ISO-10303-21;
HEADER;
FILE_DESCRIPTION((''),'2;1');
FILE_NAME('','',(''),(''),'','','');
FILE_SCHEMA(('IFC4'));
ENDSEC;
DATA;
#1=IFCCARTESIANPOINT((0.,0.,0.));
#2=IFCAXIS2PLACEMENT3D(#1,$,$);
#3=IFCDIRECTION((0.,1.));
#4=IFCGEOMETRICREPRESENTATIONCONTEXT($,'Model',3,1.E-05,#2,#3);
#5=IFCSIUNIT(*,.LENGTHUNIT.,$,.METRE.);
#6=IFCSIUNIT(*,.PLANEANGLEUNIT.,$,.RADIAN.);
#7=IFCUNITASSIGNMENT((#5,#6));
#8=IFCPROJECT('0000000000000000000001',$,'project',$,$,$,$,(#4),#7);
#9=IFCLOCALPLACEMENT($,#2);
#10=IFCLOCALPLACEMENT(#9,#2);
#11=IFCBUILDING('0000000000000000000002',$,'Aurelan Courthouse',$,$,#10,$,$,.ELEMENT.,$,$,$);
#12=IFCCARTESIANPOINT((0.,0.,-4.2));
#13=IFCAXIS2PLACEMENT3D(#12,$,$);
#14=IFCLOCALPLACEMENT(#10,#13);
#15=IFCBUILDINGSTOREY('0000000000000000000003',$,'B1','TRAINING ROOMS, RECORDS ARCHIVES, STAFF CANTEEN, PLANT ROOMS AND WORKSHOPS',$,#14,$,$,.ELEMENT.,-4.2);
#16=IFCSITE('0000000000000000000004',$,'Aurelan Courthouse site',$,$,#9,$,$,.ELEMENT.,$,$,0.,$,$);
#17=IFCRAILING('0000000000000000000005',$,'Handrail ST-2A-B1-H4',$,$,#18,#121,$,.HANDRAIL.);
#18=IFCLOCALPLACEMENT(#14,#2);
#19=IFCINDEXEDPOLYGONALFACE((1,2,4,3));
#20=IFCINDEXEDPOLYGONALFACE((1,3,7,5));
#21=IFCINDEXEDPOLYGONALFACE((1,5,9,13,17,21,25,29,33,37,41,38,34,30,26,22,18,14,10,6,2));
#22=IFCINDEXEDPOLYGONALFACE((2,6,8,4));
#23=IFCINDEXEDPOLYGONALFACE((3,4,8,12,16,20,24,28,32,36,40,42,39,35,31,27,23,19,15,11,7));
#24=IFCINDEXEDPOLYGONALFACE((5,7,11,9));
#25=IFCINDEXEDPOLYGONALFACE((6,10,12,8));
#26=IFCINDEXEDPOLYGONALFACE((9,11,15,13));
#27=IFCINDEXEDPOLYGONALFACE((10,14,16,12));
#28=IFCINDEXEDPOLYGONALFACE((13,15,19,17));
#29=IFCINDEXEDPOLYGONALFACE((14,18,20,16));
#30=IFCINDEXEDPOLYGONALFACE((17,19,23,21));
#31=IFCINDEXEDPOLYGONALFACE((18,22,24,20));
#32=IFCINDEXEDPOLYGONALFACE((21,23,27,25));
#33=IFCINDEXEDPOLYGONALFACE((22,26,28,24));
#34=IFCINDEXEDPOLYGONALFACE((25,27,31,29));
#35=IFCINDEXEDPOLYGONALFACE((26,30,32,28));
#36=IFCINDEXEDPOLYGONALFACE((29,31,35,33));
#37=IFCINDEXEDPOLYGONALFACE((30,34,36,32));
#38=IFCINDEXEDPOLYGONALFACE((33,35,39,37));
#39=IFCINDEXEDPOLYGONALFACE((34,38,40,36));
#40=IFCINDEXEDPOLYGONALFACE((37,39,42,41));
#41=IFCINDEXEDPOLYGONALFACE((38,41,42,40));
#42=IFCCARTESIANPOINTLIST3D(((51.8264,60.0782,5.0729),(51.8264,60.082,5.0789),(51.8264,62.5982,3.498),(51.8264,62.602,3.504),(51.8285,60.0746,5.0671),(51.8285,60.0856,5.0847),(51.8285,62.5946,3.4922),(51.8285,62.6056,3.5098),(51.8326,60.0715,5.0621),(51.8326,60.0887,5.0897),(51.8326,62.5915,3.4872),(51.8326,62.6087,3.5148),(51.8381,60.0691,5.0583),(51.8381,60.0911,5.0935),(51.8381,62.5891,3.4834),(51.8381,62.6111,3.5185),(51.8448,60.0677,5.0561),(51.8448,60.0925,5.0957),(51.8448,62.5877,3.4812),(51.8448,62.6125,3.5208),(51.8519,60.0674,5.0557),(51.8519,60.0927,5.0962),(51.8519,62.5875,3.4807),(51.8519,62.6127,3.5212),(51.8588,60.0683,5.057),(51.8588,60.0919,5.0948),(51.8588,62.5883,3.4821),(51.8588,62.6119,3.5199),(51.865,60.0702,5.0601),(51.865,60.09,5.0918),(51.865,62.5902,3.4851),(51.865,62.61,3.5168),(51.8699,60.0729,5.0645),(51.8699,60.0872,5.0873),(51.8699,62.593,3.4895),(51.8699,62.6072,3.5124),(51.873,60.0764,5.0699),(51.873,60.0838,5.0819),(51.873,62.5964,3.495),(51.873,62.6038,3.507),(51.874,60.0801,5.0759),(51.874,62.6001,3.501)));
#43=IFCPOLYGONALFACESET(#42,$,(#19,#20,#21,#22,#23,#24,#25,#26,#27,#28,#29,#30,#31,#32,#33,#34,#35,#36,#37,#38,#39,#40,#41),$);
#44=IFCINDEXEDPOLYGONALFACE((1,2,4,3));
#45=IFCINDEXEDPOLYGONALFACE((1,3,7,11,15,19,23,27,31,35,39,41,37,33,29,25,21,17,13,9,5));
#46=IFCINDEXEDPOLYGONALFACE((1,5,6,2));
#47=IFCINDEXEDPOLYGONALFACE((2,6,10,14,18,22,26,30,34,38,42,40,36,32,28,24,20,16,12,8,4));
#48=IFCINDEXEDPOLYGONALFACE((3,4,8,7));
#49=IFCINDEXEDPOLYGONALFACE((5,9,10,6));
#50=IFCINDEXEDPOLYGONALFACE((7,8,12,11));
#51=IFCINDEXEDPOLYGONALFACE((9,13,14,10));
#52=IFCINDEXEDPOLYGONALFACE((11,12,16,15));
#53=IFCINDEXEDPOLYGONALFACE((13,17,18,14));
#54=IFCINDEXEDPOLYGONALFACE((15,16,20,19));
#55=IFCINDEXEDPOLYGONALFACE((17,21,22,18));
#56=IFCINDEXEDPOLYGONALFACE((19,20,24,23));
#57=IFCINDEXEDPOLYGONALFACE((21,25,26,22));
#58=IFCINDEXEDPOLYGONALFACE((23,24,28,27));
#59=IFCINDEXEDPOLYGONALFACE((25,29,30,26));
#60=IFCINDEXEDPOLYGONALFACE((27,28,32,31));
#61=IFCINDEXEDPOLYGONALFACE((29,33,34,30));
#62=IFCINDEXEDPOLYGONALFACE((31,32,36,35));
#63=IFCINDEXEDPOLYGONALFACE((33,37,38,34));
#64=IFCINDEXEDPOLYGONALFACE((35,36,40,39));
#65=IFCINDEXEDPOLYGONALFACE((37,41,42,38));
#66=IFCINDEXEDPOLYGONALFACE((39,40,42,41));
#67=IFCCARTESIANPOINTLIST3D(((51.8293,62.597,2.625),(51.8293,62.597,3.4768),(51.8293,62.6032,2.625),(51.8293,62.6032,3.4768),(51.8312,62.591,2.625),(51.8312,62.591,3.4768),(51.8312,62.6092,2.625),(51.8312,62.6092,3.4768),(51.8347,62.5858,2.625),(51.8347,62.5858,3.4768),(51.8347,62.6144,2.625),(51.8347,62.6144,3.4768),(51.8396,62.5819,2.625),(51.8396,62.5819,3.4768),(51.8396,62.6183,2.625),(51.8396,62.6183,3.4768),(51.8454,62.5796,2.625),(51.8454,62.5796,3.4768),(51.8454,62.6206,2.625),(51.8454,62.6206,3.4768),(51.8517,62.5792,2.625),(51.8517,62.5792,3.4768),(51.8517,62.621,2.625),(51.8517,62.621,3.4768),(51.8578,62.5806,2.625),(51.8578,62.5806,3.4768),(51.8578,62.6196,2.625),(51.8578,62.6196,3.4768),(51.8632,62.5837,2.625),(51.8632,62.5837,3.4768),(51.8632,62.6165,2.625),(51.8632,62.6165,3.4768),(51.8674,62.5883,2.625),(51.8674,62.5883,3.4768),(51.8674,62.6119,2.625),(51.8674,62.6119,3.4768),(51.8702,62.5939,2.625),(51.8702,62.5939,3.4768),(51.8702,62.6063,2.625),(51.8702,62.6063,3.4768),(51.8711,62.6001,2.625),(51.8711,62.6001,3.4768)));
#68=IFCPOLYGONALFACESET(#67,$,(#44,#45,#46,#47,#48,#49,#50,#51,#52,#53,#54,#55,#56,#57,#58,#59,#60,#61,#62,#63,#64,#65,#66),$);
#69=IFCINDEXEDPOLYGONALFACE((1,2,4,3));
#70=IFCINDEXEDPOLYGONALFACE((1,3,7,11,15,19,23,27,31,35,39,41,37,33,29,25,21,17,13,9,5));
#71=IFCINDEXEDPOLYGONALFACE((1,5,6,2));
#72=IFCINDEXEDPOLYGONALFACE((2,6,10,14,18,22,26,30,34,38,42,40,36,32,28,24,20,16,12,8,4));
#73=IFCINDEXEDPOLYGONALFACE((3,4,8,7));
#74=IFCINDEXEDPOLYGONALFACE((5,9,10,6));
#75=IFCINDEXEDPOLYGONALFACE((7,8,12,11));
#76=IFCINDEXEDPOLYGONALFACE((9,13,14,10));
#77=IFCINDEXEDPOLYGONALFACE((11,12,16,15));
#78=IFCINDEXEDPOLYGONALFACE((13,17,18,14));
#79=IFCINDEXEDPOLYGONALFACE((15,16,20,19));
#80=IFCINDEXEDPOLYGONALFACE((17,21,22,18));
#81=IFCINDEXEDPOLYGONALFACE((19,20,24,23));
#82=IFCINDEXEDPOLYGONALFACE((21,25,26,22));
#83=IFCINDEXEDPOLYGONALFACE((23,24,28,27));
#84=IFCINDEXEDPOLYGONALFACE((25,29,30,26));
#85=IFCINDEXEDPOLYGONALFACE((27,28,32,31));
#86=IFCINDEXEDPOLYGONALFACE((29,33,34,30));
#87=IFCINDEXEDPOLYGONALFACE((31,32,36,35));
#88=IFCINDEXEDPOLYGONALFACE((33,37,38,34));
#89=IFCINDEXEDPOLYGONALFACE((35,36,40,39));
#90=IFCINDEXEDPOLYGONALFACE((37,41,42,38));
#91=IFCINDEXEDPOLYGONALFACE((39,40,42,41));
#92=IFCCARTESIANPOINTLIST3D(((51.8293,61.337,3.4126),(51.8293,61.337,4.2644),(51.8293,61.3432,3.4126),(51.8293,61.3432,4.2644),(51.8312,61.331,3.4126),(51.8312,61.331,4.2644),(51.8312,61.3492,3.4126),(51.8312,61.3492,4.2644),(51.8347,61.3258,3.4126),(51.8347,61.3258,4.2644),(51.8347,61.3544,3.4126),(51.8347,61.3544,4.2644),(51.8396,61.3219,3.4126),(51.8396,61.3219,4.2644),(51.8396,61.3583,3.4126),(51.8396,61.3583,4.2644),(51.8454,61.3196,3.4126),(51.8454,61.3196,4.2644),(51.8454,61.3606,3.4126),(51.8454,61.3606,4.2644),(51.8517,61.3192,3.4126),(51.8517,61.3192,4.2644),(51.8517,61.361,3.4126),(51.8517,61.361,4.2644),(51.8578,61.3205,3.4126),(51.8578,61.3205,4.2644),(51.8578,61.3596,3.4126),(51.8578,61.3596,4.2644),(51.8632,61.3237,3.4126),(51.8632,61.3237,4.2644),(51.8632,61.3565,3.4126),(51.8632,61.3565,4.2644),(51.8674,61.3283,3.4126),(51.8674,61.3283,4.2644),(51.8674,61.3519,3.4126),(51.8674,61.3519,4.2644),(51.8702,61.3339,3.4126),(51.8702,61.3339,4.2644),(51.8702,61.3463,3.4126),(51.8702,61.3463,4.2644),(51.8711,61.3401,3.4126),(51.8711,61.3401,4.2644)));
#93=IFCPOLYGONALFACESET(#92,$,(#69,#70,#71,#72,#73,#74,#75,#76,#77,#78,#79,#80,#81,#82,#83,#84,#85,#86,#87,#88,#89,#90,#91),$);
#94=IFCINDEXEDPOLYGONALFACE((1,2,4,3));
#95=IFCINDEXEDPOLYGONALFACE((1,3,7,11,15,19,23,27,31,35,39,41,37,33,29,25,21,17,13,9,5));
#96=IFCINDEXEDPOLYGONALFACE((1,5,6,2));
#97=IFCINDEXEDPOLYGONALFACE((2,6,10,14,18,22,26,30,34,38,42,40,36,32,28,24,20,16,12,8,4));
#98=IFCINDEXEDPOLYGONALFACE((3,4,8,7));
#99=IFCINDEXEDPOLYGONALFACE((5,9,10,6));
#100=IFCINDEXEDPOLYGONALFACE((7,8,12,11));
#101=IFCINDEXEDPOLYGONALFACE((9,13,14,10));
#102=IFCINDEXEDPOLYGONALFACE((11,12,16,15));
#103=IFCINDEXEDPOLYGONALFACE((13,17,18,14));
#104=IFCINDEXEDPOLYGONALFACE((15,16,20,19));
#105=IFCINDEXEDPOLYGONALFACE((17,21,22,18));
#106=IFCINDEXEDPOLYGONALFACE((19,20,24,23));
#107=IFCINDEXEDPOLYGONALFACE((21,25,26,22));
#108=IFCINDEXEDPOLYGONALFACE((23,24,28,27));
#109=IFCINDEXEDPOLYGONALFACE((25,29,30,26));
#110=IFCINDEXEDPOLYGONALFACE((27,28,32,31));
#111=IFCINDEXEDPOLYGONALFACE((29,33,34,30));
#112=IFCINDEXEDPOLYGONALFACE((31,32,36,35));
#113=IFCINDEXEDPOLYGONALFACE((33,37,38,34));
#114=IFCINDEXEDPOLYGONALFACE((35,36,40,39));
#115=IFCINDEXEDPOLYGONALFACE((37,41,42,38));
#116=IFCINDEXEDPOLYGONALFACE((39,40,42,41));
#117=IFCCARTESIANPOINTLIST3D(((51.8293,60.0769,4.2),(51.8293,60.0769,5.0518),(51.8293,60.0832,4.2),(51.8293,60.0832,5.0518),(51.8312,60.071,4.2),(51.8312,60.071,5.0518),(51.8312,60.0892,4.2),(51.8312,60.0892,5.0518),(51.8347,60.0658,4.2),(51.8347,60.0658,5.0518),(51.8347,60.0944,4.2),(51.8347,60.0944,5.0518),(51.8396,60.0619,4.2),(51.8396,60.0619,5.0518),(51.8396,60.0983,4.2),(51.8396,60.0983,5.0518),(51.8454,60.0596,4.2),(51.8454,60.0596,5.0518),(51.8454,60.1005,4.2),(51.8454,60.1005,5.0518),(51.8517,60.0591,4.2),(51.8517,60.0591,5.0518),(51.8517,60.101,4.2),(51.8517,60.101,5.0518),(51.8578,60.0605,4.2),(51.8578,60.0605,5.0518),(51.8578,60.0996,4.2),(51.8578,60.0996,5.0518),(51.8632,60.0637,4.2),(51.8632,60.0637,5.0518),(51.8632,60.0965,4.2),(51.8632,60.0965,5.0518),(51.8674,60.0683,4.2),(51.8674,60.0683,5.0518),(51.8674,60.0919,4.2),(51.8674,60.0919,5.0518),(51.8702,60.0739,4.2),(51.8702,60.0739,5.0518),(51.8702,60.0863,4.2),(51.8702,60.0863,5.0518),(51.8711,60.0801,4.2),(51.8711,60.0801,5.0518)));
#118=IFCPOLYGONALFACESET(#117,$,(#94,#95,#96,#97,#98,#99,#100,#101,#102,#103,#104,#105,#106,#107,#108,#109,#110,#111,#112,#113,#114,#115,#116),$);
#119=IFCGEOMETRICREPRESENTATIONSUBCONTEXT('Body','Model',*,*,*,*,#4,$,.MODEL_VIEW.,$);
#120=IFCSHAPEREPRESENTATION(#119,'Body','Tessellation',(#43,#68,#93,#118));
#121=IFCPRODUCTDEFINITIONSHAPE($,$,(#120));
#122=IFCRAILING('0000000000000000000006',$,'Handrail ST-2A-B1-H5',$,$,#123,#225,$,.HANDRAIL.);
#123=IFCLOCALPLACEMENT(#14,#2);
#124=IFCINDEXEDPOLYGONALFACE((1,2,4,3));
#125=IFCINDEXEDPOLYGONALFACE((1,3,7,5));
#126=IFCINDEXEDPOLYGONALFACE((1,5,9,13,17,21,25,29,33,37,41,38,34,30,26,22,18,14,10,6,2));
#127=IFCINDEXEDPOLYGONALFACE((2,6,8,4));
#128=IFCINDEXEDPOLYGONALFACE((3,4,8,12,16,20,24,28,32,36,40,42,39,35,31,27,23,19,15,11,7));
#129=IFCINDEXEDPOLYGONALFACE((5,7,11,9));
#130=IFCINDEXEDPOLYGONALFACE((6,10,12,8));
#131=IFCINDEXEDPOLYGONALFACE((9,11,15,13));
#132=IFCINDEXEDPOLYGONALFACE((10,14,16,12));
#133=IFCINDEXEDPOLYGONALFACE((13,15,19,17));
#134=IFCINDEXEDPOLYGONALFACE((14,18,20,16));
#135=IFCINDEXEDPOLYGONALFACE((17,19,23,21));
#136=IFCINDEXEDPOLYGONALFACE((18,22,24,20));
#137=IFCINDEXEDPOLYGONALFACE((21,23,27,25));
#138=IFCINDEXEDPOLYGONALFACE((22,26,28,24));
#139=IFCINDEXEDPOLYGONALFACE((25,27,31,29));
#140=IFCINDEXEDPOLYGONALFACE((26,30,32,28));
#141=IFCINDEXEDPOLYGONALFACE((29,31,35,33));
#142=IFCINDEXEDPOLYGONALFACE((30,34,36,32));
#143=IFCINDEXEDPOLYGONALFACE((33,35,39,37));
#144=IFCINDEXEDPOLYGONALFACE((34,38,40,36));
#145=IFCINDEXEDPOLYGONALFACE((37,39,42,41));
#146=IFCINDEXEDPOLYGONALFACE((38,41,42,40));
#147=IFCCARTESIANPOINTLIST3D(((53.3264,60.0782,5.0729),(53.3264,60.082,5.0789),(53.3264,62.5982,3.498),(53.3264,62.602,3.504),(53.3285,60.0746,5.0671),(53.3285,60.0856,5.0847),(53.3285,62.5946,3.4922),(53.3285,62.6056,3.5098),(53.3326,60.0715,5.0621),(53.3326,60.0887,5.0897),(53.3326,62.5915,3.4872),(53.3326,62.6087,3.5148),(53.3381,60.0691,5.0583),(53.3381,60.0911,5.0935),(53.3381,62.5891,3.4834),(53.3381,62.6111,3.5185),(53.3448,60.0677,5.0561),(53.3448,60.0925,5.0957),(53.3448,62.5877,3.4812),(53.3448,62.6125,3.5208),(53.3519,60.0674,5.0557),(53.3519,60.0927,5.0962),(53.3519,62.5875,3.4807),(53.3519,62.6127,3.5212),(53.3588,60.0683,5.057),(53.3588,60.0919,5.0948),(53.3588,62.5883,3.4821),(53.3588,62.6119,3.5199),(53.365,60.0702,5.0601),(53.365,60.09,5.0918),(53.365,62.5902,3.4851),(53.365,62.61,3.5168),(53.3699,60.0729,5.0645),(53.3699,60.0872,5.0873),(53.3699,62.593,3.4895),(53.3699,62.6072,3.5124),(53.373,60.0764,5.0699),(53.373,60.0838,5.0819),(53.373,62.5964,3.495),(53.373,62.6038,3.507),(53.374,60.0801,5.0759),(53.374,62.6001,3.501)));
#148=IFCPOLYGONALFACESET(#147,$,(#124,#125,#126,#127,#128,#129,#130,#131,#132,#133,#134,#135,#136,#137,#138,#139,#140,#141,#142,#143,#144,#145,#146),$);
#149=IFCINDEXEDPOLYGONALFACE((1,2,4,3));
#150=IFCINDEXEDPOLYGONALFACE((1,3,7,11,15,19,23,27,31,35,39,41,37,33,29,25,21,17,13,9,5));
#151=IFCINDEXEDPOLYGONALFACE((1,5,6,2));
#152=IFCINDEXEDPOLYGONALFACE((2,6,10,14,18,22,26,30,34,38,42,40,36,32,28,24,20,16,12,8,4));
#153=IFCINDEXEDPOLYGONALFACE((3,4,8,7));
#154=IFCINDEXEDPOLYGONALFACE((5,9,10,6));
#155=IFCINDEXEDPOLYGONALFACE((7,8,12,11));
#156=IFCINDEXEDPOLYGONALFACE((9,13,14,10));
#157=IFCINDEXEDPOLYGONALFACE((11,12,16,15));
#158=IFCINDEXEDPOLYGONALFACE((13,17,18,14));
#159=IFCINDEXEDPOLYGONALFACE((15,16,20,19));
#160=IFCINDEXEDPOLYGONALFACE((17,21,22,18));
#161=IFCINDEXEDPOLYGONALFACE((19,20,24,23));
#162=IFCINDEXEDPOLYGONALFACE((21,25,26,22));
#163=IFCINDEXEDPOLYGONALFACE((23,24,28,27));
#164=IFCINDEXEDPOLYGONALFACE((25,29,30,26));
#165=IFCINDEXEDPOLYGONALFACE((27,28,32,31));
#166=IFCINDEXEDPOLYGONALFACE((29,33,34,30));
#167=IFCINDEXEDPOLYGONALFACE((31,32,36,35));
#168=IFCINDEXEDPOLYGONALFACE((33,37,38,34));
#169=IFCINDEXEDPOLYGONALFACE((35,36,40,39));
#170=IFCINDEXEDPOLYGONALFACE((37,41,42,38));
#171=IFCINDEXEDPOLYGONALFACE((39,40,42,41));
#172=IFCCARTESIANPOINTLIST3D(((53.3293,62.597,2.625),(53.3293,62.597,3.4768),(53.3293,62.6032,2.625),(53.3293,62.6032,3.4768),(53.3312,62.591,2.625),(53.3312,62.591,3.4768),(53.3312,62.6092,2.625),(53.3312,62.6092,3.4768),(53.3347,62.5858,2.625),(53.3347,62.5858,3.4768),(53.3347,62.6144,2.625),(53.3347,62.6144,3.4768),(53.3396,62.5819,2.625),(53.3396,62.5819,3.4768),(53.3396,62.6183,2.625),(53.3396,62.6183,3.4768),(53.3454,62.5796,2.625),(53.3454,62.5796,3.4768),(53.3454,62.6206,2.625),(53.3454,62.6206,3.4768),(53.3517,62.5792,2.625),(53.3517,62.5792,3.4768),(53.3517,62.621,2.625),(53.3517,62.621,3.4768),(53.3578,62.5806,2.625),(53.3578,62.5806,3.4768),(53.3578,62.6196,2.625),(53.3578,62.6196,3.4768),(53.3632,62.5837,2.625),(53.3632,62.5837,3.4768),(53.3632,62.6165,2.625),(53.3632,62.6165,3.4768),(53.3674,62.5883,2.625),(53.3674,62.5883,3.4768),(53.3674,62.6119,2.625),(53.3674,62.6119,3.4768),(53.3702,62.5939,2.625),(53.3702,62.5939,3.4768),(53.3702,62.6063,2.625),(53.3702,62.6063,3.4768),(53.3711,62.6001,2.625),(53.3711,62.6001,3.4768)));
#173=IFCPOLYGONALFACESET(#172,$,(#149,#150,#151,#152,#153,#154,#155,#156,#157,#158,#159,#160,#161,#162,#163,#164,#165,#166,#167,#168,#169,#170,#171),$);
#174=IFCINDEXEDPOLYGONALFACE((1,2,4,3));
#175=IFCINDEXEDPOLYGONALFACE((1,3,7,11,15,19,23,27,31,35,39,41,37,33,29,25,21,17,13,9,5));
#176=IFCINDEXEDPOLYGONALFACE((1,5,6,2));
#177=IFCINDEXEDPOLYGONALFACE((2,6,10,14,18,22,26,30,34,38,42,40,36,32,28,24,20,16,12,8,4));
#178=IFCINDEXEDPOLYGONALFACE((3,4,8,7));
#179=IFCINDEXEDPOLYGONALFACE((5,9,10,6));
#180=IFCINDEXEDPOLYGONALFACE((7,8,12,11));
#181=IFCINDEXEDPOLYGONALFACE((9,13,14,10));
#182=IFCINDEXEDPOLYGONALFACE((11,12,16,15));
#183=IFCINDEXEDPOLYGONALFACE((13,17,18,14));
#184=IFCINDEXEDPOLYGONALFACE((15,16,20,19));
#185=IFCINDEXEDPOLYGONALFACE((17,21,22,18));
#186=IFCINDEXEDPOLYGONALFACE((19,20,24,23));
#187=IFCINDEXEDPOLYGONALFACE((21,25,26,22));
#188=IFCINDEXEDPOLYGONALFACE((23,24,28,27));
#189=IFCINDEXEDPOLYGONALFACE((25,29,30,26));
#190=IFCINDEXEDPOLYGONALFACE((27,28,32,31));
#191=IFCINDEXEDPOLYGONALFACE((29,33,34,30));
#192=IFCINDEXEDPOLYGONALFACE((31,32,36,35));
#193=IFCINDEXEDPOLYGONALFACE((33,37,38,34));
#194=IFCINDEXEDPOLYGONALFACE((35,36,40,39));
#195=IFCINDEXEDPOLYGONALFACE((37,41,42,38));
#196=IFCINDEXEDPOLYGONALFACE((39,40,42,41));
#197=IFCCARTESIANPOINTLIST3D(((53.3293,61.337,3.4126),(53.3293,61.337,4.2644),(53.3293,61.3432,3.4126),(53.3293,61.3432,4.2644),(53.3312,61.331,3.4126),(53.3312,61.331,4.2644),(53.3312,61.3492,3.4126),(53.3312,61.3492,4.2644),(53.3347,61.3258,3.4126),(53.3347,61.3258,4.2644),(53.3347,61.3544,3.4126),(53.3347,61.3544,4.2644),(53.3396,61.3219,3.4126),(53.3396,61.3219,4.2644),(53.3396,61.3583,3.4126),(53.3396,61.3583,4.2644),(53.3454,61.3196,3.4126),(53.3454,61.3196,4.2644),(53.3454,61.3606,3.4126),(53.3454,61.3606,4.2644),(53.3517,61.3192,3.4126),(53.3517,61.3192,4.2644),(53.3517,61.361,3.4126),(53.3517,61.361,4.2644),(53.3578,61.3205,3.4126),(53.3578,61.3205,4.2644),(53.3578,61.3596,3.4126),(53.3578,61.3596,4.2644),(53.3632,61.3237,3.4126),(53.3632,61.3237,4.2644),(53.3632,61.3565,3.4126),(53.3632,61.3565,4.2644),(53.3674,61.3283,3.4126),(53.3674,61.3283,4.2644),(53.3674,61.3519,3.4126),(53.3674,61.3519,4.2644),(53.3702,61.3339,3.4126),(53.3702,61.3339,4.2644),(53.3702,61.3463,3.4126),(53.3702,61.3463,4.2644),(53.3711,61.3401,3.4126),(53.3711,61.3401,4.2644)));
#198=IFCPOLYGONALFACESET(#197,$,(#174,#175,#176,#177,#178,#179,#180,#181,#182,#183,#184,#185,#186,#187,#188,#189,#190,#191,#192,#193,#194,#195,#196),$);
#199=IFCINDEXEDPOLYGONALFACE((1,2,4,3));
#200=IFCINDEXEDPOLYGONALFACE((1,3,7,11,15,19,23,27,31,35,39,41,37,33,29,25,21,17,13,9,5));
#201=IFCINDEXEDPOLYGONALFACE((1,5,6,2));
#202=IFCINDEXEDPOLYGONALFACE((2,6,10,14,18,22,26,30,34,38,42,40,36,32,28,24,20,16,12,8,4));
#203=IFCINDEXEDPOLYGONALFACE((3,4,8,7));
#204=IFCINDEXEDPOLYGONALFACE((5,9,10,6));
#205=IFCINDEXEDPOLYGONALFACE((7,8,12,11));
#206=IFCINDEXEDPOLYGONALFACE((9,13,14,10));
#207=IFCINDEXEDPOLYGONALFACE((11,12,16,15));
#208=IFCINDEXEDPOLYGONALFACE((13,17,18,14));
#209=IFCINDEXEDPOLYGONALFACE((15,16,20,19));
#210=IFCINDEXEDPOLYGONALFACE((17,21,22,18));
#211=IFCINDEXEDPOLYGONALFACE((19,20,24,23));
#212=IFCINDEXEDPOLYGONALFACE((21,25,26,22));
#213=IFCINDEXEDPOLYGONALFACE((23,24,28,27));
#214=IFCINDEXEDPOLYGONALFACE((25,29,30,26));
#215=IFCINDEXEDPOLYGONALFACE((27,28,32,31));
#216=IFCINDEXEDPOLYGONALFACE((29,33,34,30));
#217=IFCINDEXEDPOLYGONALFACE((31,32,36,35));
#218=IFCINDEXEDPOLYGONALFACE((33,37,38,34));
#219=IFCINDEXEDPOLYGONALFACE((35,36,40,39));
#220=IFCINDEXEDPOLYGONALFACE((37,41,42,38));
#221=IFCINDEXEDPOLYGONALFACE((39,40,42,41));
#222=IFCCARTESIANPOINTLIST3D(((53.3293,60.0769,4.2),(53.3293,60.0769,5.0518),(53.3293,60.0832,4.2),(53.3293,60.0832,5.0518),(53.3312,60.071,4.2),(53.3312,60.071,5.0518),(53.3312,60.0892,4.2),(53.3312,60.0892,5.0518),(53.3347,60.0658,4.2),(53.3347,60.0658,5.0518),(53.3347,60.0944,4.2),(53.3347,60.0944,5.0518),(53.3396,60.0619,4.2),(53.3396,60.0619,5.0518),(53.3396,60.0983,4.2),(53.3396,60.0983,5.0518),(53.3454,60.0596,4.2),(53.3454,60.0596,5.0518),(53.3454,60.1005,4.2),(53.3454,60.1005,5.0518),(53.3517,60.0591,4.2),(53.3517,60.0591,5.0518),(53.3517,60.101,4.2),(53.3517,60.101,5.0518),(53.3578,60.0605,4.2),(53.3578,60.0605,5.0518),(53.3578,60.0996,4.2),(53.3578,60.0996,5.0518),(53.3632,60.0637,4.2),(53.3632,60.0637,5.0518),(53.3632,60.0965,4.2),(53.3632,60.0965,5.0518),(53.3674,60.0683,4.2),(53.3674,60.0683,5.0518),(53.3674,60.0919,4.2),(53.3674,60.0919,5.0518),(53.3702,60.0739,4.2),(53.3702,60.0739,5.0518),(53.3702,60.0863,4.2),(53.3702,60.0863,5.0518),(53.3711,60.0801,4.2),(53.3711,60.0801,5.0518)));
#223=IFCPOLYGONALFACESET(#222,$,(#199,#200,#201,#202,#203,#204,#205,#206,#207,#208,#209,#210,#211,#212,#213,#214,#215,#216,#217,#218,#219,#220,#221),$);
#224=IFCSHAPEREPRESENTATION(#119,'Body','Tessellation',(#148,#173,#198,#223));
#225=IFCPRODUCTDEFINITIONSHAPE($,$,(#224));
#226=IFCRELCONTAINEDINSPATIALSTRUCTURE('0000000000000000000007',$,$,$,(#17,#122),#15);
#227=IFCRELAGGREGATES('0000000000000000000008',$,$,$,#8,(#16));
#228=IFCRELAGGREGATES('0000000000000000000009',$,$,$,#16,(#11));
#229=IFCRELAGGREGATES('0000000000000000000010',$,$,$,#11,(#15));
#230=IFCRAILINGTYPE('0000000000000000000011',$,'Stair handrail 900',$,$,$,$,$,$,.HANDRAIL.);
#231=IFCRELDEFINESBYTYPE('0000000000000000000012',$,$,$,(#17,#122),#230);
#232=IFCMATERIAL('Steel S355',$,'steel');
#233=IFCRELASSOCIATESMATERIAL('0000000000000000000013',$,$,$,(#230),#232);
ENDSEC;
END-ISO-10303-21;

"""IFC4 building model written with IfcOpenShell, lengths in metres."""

from ifc_helpers import new_model, si_unit, direction, frame, origin, origin_2d, place, context, subcontext, project, spatial, circle, extrude, material, type_object, element, save


model = new_model("IFC4")

# Units and contexts
model_context = context("Model", 3, precision=1e-05, world=origin(), true_north=direction((0.0, 1.0)))
body_context = subcontext(model_context, "Body", "Model", "MODEL_VIEW")
ifc_project = project(units=[si_unit("LENGTHUNIT", "METRE"), si_unit("PLANEANGLEUNIT", "RADIAN")], contexts=[model_context])

# Site, building, storey
site_placement = place(None, origin())
site = spatial("IfcSite", under=ifc_project, at=site_placement, Name="Aurelan Courthouse site", CompositionType="ELEMENT", RefElevation=0.0)
building_placement = place(site_placement, origin())
building = spatial("IfcBuilding", under=site, at=building_placement, Name="Aurelan Courthouse", CompositionType="ELEMENT")
storey_placement = place(building_placement, frame((0.0, 0.0, -4.2)))
storey = spatial("IfcBuildingStorey", under=building, at=storey_placement, Name="B1", Description="TRAINING ROOMS, RECORDS ARCHIVES, STAFF CANTEEN, PLANT ROOMS AND WORKSHOPS", CompositionType="ELEMENT", Elevation=-4.2)

# Railings
ifc_material_1 = material(Name="Steel S355", Category="steel")
railing_type_1 = type_object("IfcRailingType", Name="Stair handrail 900", PredefinedType="HANDRAIL", material=ifc_material_1)
for number, where, name in (
    (1, (51.8501, 62.6001, 2.625), "Handrail ST-2A-B1-H4"),
    (2, (53.3501, 62.6001, 2.625), "Handrail ST-2A-B1-H5"),
):
    element("IfcRailing", number, at=place(storey_placement, frame(where)), inside=storey, type_object=railing_type_1, Name=name, PredefinedType="HANDRAIL", context=body_context, shape_type="SweptSolid", body=[
        extrude(circle(Radius=0.0239, at=origin_2d()), frame((0.0, 0.0, 0.876), z_axis=(0.0, -0.848008, 0.529984), x_axis=(1.0, 0.0, 0.0)), (0.0, 0.0, 1.0), 2.9717),
        extrude(circle(Radius=0.021, at=origin_2d()), origin(), (0.0, 0.0, 1.0), 0.8518),
        extrude(circle(Radius=0.021, at=origin_2d()), frame((0.0, -1.26, 0.7876)), (0.0, 0.0, 1.0), 0.8518),
        extrude(circle(Radius=0.021, at=origin_2d()), frame((0.0, -2.52, 1.575)), (0.0, 0.0, 1.0), 0.8518),
    ])

save(model, "model.ifc")
